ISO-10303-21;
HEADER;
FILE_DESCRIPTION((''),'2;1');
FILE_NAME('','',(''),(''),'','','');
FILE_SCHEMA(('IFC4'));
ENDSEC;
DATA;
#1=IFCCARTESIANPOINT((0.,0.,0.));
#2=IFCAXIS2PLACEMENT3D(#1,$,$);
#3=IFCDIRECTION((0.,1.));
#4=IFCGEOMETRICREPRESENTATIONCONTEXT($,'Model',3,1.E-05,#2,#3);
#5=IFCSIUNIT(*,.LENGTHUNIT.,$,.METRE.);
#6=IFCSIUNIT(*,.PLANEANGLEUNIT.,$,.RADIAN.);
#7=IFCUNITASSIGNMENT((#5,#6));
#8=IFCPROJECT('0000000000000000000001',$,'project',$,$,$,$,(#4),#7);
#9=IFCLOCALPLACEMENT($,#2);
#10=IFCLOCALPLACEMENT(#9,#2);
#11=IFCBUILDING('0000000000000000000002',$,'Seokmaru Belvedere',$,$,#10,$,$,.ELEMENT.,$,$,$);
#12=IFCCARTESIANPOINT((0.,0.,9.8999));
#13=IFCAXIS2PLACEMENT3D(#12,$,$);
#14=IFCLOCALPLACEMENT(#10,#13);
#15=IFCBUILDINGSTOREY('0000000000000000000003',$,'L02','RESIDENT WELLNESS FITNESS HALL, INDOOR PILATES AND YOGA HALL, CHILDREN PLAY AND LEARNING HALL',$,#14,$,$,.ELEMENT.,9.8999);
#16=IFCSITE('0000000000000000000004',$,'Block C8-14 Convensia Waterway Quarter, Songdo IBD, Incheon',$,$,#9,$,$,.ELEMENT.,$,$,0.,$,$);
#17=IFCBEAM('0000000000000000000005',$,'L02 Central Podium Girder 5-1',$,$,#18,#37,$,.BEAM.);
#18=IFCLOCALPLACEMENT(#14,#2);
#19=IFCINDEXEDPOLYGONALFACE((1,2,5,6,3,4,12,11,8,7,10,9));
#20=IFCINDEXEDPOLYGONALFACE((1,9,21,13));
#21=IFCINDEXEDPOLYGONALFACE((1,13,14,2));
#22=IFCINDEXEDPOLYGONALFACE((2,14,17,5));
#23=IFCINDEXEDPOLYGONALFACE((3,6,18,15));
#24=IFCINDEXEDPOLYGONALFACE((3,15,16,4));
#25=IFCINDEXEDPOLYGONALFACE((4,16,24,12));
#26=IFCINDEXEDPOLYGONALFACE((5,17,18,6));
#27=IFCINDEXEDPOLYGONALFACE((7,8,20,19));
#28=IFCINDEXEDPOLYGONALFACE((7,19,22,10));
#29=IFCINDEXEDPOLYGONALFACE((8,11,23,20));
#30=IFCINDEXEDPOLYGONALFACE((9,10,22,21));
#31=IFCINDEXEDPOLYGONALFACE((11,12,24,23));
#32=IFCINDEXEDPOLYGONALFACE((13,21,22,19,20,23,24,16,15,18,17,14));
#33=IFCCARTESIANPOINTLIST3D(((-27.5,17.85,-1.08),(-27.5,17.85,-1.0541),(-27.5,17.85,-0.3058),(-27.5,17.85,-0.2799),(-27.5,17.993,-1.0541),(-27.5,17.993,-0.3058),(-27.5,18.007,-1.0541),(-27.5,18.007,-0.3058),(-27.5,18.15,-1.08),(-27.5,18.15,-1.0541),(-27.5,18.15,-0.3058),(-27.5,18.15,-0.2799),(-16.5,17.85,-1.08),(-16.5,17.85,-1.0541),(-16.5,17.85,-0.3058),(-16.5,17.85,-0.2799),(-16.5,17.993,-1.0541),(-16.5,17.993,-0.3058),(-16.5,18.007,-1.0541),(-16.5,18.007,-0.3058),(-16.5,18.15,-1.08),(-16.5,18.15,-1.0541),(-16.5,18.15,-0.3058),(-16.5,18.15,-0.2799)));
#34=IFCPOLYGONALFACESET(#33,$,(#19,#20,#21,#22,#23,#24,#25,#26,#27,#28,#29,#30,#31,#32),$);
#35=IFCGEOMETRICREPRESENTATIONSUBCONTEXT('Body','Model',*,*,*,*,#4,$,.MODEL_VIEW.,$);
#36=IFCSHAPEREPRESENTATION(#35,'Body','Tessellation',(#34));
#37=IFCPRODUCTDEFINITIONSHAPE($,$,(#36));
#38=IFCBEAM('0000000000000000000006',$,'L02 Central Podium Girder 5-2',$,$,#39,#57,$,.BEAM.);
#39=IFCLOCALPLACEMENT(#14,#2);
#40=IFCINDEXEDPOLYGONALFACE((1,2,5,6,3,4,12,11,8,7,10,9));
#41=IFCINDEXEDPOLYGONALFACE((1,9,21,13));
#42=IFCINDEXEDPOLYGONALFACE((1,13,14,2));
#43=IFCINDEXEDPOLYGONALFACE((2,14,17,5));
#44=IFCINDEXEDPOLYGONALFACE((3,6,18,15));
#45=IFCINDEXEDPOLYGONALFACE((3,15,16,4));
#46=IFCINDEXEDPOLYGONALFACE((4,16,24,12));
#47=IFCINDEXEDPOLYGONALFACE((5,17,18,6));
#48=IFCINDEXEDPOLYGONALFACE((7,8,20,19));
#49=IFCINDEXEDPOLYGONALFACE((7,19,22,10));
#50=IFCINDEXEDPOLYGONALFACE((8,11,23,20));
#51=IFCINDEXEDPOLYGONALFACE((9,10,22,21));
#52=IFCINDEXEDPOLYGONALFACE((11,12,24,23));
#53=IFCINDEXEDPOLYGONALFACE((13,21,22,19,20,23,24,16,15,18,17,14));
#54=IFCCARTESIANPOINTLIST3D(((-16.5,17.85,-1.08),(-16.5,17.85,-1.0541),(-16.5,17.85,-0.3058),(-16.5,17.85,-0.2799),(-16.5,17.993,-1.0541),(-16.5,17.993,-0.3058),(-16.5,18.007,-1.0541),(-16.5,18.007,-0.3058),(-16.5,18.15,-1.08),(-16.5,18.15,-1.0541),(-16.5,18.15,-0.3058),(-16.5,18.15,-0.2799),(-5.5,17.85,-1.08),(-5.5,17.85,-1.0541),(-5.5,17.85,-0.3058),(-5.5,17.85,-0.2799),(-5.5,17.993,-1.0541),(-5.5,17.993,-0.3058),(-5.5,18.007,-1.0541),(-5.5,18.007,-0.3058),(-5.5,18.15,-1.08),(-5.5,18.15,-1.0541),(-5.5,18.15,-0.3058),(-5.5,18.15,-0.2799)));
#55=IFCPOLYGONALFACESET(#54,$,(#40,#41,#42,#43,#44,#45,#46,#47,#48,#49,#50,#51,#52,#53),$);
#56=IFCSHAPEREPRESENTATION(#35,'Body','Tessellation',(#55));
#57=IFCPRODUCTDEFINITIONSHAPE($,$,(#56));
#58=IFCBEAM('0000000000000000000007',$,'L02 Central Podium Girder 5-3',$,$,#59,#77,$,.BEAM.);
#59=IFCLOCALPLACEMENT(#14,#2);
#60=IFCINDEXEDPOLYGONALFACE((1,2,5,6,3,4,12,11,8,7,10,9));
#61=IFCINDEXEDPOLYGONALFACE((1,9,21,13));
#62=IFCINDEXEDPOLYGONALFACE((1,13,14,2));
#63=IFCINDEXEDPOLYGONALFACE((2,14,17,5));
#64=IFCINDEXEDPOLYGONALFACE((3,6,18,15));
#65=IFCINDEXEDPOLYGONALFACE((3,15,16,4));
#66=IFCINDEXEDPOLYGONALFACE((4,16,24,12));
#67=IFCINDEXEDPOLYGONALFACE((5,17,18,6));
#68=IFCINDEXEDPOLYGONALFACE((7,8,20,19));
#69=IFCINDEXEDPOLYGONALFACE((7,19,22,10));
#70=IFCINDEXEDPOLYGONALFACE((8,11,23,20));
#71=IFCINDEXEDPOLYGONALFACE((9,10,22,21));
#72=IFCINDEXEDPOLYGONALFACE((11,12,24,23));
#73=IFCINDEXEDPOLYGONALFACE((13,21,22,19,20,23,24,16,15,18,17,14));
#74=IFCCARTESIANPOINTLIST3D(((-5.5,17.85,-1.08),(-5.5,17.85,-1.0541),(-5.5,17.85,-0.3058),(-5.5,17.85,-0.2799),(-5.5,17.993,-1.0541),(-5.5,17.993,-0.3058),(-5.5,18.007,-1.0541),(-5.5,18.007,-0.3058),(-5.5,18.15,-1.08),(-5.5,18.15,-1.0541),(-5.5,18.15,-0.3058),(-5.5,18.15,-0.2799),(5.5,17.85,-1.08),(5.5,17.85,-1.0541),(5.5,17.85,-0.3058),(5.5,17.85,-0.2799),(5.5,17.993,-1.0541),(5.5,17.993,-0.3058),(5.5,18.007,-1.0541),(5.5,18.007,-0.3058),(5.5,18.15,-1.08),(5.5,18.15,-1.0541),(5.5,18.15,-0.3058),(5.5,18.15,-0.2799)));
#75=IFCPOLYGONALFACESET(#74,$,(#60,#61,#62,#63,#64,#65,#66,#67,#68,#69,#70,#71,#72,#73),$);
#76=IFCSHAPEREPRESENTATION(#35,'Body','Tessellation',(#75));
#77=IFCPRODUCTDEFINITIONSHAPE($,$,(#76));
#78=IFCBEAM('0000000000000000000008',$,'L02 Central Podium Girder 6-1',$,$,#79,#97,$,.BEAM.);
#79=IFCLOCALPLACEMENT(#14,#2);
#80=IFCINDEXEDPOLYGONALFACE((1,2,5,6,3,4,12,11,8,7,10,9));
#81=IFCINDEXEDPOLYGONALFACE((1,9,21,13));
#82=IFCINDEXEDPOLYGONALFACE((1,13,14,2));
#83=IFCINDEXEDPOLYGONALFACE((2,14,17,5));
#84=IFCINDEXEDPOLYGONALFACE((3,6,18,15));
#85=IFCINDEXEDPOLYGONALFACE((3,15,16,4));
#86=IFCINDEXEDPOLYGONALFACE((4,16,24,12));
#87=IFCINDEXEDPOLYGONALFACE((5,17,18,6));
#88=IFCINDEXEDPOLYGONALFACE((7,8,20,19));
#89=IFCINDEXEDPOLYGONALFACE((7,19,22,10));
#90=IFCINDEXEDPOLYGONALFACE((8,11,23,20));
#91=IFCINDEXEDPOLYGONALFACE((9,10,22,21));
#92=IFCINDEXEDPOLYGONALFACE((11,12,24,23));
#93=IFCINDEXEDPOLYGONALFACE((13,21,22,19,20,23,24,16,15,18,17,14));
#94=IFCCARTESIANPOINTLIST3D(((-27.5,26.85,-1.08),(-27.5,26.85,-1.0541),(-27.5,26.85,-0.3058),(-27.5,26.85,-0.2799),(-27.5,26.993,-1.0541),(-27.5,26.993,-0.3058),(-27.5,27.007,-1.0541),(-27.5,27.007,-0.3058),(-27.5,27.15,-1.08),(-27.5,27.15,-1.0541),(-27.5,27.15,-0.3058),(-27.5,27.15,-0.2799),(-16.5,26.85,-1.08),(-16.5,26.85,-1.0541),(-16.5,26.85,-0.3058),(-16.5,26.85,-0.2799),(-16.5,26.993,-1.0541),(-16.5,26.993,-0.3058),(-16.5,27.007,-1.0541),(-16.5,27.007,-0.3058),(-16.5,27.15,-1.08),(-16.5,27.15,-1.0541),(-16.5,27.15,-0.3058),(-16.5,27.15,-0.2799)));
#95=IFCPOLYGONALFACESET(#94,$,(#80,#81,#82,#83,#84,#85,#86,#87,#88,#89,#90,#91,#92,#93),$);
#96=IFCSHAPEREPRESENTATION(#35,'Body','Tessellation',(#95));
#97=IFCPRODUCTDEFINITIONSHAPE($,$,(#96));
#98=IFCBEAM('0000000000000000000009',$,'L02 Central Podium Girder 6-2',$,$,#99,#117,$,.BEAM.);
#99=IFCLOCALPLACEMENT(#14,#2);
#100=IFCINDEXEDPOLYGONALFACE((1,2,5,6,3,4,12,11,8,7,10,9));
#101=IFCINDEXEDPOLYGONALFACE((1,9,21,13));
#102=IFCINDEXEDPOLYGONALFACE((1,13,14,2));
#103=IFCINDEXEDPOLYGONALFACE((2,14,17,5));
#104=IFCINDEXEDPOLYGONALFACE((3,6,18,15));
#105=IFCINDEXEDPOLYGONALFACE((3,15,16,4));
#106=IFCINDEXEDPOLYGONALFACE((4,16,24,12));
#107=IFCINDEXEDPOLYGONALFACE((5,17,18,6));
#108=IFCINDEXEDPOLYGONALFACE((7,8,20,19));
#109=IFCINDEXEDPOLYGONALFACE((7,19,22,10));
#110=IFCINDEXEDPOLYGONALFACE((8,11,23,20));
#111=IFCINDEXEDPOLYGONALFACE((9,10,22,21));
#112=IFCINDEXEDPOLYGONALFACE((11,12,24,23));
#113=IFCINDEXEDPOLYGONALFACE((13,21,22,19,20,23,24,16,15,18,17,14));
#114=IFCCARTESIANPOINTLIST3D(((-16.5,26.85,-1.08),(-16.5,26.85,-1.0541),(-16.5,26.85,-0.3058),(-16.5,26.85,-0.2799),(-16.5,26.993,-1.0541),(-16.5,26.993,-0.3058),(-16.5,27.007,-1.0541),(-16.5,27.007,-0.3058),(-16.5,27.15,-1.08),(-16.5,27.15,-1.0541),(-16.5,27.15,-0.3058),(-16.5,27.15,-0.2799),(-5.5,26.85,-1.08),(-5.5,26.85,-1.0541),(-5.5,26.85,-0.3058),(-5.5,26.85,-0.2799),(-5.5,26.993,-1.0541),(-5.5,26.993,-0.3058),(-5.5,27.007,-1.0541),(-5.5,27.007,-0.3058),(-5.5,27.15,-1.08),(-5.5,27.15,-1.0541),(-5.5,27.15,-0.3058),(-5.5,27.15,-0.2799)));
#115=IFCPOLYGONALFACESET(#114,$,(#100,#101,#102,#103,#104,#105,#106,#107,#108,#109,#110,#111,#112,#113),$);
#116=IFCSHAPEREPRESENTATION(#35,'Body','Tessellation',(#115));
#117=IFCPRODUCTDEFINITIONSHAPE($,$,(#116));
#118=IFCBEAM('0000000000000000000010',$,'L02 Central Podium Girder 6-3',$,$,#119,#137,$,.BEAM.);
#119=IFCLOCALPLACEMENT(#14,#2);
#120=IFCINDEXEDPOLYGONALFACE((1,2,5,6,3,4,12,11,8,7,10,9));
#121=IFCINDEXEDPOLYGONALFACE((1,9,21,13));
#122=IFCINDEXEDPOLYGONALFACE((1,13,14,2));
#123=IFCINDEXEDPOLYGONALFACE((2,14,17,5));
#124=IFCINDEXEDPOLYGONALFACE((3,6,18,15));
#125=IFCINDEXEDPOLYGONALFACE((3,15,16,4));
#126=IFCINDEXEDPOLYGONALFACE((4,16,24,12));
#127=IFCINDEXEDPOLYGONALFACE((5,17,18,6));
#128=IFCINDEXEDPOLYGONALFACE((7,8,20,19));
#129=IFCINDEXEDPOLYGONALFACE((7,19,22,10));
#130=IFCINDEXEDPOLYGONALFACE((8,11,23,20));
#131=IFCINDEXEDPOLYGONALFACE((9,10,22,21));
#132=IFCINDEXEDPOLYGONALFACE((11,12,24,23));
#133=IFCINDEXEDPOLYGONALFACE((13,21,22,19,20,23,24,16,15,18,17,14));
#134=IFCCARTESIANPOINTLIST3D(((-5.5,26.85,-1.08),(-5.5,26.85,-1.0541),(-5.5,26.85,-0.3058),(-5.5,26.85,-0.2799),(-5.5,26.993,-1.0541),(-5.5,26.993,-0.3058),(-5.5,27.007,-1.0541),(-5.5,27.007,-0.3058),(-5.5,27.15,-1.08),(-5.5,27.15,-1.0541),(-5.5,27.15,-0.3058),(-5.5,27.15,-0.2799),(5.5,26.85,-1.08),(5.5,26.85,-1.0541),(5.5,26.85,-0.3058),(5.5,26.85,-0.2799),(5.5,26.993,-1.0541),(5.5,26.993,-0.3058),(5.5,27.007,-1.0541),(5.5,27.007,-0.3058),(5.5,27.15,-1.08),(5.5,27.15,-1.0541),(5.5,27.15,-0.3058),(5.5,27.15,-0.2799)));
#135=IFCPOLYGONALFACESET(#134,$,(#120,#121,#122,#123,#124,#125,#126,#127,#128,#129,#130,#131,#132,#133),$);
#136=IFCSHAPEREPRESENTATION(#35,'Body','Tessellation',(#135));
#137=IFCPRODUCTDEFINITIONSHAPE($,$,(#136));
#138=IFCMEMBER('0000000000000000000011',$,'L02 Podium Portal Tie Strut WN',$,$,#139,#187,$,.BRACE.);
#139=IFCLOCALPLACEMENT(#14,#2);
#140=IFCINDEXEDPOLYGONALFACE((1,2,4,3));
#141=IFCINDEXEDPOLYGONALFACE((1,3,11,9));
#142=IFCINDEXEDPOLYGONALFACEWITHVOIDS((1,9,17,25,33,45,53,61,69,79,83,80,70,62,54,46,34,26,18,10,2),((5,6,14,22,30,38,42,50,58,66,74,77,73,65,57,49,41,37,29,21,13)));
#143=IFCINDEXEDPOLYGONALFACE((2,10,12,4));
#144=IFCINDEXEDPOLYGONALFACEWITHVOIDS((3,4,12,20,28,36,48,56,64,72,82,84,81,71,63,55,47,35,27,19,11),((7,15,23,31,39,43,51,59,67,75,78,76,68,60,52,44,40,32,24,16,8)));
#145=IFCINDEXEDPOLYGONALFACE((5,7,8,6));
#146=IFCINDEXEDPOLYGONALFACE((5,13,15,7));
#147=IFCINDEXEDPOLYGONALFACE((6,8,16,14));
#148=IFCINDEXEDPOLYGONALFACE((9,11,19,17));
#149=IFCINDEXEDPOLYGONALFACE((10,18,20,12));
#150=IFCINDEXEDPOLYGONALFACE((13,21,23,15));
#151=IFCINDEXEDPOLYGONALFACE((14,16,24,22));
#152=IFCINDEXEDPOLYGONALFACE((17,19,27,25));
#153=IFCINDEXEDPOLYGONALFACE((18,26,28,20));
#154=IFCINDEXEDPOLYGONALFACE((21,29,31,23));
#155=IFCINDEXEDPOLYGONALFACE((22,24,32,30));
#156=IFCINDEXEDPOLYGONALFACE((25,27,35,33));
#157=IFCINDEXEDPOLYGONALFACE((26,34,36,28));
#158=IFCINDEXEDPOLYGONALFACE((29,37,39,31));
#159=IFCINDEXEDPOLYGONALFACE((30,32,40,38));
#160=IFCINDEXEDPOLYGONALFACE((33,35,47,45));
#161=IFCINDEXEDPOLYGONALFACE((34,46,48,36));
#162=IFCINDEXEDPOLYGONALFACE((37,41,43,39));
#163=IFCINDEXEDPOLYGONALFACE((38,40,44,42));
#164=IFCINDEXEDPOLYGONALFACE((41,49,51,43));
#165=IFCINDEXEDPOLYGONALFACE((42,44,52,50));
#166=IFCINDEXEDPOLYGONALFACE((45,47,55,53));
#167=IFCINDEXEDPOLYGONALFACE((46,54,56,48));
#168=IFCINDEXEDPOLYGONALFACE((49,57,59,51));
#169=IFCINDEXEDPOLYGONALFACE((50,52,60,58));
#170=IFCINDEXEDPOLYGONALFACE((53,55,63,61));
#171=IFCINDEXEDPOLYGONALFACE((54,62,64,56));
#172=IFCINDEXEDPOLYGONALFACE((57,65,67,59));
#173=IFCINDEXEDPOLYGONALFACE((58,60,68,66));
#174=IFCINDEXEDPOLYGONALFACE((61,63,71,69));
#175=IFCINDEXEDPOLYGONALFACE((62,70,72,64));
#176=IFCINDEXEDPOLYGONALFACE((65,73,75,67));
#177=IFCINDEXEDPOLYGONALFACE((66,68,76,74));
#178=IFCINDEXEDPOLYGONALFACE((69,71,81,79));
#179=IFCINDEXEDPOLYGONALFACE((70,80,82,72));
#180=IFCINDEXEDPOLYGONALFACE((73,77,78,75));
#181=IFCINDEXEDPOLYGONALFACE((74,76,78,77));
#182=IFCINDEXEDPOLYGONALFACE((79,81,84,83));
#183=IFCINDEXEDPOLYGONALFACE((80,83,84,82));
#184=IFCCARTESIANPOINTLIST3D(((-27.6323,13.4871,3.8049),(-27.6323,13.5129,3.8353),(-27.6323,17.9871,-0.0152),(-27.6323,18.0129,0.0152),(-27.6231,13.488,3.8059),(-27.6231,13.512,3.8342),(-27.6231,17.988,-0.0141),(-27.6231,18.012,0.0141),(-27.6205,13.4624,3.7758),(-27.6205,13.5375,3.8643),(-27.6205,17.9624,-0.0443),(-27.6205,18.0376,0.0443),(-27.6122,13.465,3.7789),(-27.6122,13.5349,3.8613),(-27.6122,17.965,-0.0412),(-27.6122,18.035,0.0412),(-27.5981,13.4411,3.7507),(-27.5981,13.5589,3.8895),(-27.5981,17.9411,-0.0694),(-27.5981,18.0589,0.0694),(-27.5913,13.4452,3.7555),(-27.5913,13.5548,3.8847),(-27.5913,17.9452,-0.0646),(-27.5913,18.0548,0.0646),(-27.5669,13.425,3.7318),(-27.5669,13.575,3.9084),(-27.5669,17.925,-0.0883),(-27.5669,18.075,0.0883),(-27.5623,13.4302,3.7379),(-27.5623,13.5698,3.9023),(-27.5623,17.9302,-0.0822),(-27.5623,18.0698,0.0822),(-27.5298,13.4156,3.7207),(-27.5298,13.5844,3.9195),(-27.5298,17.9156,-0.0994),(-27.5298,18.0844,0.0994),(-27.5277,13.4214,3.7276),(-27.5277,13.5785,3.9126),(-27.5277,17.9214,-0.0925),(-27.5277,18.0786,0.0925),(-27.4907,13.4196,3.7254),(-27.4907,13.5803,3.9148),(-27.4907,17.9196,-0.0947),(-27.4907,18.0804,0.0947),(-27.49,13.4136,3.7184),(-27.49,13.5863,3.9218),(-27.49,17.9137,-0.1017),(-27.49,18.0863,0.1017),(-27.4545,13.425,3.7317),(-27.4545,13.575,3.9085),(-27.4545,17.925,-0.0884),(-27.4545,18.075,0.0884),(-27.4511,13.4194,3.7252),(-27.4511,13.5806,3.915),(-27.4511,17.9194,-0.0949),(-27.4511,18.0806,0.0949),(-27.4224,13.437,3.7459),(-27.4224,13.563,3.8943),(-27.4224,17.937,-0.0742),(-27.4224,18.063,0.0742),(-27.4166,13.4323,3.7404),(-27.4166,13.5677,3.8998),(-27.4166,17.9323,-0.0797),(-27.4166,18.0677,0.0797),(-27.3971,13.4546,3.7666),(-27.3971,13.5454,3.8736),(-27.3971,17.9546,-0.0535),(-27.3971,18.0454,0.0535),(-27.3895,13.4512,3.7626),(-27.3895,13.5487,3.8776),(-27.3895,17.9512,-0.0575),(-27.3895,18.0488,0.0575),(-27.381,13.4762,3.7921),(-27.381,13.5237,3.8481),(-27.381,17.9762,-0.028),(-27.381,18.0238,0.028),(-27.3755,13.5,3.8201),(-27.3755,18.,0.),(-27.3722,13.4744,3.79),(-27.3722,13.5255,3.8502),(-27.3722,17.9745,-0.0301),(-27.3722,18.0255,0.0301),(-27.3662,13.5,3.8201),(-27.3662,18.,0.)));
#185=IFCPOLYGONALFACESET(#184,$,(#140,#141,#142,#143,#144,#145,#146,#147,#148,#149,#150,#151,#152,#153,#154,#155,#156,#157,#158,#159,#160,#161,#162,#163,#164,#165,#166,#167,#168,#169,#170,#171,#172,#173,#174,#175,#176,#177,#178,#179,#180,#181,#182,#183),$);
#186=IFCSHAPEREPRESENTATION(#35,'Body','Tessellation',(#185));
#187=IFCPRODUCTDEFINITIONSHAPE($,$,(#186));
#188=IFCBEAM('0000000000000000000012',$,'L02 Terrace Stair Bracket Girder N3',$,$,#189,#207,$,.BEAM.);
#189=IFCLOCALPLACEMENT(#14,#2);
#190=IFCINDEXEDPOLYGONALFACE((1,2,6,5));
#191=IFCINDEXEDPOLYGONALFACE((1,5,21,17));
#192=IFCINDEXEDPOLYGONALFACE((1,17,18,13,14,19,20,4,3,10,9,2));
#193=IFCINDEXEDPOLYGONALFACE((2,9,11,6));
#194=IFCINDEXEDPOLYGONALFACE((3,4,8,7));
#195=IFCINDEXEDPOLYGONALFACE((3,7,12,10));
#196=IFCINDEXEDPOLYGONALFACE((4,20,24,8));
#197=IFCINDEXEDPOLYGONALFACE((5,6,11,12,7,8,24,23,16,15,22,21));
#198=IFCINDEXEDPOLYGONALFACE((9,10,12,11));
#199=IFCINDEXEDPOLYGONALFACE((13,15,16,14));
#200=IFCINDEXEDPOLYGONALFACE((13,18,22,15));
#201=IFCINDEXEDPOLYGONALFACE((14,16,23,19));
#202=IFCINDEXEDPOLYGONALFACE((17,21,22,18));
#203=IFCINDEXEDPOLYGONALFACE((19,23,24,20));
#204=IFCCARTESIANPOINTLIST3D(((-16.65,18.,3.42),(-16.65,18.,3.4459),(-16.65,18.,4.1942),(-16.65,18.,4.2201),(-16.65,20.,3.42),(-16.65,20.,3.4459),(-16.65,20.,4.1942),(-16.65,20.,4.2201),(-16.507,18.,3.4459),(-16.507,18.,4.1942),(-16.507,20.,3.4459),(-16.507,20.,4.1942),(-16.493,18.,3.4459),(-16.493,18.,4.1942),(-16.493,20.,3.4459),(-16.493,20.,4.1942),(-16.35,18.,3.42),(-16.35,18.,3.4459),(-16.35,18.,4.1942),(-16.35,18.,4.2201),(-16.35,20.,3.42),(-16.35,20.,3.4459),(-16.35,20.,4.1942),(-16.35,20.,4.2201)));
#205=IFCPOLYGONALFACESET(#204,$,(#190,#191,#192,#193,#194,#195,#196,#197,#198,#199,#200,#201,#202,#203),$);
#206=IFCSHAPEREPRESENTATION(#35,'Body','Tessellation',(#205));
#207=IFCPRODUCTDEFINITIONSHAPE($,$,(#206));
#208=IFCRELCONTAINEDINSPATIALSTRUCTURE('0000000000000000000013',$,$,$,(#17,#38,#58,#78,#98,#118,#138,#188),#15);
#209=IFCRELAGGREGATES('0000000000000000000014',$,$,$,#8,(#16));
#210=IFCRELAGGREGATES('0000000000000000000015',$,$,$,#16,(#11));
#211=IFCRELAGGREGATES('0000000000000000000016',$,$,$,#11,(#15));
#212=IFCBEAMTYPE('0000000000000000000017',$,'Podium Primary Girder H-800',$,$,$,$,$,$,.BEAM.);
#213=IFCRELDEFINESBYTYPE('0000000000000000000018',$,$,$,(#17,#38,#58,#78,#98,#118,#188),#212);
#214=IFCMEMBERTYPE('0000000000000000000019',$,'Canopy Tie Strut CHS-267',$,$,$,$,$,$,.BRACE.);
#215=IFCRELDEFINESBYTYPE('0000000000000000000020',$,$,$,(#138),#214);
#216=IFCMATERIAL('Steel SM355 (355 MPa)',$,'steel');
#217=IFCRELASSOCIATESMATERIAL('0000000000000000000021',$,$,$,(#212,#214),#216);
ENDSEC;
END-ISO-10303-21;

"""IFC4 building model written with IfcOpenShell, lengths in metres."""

from ifc_helpers import new_model, si_unit, direction, frame, origin, origin_2d, place, context, subcontext, project, spatial, hollow_circle, i_section, extrude, source, transform, mapped, material, material_profile, profile_set, type_object, type_shapes, element, save


model = new_model("IFC4")

# Units and contexts
model_context = context("Model", 3, precision=1e-05, world=origin(), true_north=direction((0.0, 1.0)))
body_context = subcontext(model_context, "Body", "Model", "MODEL_VIEW")
ifc_project = project(units=[si_unit("LENGTHUNIT", "METRE"), si_unit("PLANEANGLEUNIT", "RADIAN")], contexts=[model_context])

# Site, building, storey
site_placement = place(None, origin())
site = spatial("IfcSite", under=ifc_project, at=site_placement, Name="Block C8-14 Convensia Waterway Quarter, Songdo IBD, Incheon", CompositionType="ELEMENT", RefElevation=0.0)
building_placement = place(site_placement, origin())
building = spatial("IfcBuilding", under=site, at=building_placement, Name="Seokmaru Belvedere", CompositionType="ELEMENT")
storey_placement = place(building_placement, frame((0.0, 0.0, 9.8999)))
storey = spatial("IfcBuildingStorey", under=building, at=storey_placement, Name="L02", Description="RESIDENT WELLNESS FITNESS HALL, INDOOR PILATES AND YOGA HALL, CHILDREN PLAY AND LEARNING HALL", CompositionType="ELEMENT", Elevation=9.8999)

# Beams
ifc_material_1 = material(Name="Steel SM355 (355 MPa)", Category="steel")
ifc_material_profile_1 = material_profile(ifc_material_1, i_section(OverallWidth=0.3, OverallDepth=0.8, WebThickness=0.0139, FlangeThickness=0.0259, at=origin_2d()), Name="H-800x300x14x26")
ifc_profile_set_1 = profile_set([ifc_material_profile_1], Name="Steel SM355 (355 MPa)")
beam_type_1 = type_object("IfcBeamType", Name="Podium Primary Girder H-800", PredefinedType="BEAM", material=ifc_profile_set_1)
shared_shape_1 = source(origin(), body_context, "Body", "SweptSolid", [
    extrude(i_section(OverallWidth=0.3, OverallDepth=0.8, WebThickness=0.0139, FlangeThickness=0.0259, at=origin_2d()), origin(), (0.0, 0.0, 1.0), 11.0),
])
for number, where, z_axis, x_axis, name in (
    (1, (-27.5, 18.0, -0.6799), (1.0, 0.0, 0.0), (0.0, 1.0, 0.0), "L02 Central Podium Girder 5-1"),
    (2, (-16.5, 18.0, -0.6799), (1.0, 0.0, 0.0), (0.0, 1.0, 0.0), "L02 Central Podium Girder 5-2"),
    (3, (-5.5, 18.0, -0.6799), (1.0, 0.0, 0.0), (0.0, 1.0, 0.0), "L02 Central Podium Girder 5-3"),
    (4, (-27.5, 27.0, -0.6799), (1.0, 0.0, 0.0), (0.0, 1.0, 0.0), "L02 Central Podium Girder 6-1"),
    (5, (-16.5, 27.0, -0.6799), (1.0, 0.0, 0.0), (0.0, 1.0, 0.0), "L02 Central Podium Girder 6-2"),
    (6, (-5.5, 27.0, -0.6799), (1.0, 0.0, 0.0), (0.0, 1.0, 0.0), "L02 Central Podium Girder 6-3"),
):
    element("IfcBeam", number, at=place(storey_placement, frame(where, z_axis=z_axis, x_axis=x_axis)), inside=storey, type_object=beam_type_1, Name=name, PredefinedType="BEAM", context=body_context, shape_type="MappedRepresentation", body=[
        mapped(shared_shape_1, transform((0.0, 0.0, 0.0), scale=1.0)),
    ])

# Member
ifc_material_profile_2 = material_profile(ifc_material_1, hollow_circle(Radius=0.1338, WallThickness=0.0093, at=origin_2d()), Name="CHS-267.4x9.3")
ifc_profile_set_2 = profile_set([ifc_material_profile_2], Name="Steel SM355 (355 MPa)")
member_type_1 = type_object("IfcMemberType", Name="Canopy Tie Strut CHS-267", PredefinedType="BRACE", material=ifc_profile_set_2)
shared_shape_2 = source(origin(), body_context, "Body", "SweptSolid", [
    extrude(hollow_circle(Radius=0.1338, WallThickness=0.0093, at=origin_2d()), origin(), (0.0, 0.0, 1.0), 5.9028),
])
type_shapes(member_type_1, [shared_shape_2])
member_1_placement = place(storey_placement, frame((-27.5, 18.0, 0.0), z_axis=(0.0, -0.762351, 0.647163), x_axis=(1.0, 0.0, 0.0)))
element("IfcMember", 7, at=member_1_placement, inside=storey, type_object=member_type_1, Name="L02 Podium Portal Tie Strut WN", PredefinedType="BRACE", context=body_context, shape_type="MappedRepresentation", body=[
    mapped(shared_shape_2, transform((0.0, 0.0, 0.0), scale=1.0)),
])

# Beam
shared_shape_3 = source(origin(), body_context, "Body", "SweptSolid", [
    extrude(i_section(OverallWidth=0.3, OverallDepth=0.8, WebThickness=0.0139, FlangeThickness=0.0259, at=origin_2d()), origin(), (0.0, 0.0, 1.0), 2.0),
])
beam_1_placement = place(storey_placement, frame((-16.5, 18.0, 3.8201), z_axis=(0.0, 1.0, 0.0), x_axis=(-1.0, 0.0, 0.0)))
element("IfcBeam", 8, at=beam_1_placement, inside=storey, type_object=beam_type_1, Name="L02 Terrace Stair Bracket Girder N3", PredefinedType="BEAM", context=body_context, shape_type="MappedRepresentation", body=[
    mapped(shared_shape_3, transform((0.0, 0.0, 0.0), scale=1.0)),
])

save(model, "model.ifc")
